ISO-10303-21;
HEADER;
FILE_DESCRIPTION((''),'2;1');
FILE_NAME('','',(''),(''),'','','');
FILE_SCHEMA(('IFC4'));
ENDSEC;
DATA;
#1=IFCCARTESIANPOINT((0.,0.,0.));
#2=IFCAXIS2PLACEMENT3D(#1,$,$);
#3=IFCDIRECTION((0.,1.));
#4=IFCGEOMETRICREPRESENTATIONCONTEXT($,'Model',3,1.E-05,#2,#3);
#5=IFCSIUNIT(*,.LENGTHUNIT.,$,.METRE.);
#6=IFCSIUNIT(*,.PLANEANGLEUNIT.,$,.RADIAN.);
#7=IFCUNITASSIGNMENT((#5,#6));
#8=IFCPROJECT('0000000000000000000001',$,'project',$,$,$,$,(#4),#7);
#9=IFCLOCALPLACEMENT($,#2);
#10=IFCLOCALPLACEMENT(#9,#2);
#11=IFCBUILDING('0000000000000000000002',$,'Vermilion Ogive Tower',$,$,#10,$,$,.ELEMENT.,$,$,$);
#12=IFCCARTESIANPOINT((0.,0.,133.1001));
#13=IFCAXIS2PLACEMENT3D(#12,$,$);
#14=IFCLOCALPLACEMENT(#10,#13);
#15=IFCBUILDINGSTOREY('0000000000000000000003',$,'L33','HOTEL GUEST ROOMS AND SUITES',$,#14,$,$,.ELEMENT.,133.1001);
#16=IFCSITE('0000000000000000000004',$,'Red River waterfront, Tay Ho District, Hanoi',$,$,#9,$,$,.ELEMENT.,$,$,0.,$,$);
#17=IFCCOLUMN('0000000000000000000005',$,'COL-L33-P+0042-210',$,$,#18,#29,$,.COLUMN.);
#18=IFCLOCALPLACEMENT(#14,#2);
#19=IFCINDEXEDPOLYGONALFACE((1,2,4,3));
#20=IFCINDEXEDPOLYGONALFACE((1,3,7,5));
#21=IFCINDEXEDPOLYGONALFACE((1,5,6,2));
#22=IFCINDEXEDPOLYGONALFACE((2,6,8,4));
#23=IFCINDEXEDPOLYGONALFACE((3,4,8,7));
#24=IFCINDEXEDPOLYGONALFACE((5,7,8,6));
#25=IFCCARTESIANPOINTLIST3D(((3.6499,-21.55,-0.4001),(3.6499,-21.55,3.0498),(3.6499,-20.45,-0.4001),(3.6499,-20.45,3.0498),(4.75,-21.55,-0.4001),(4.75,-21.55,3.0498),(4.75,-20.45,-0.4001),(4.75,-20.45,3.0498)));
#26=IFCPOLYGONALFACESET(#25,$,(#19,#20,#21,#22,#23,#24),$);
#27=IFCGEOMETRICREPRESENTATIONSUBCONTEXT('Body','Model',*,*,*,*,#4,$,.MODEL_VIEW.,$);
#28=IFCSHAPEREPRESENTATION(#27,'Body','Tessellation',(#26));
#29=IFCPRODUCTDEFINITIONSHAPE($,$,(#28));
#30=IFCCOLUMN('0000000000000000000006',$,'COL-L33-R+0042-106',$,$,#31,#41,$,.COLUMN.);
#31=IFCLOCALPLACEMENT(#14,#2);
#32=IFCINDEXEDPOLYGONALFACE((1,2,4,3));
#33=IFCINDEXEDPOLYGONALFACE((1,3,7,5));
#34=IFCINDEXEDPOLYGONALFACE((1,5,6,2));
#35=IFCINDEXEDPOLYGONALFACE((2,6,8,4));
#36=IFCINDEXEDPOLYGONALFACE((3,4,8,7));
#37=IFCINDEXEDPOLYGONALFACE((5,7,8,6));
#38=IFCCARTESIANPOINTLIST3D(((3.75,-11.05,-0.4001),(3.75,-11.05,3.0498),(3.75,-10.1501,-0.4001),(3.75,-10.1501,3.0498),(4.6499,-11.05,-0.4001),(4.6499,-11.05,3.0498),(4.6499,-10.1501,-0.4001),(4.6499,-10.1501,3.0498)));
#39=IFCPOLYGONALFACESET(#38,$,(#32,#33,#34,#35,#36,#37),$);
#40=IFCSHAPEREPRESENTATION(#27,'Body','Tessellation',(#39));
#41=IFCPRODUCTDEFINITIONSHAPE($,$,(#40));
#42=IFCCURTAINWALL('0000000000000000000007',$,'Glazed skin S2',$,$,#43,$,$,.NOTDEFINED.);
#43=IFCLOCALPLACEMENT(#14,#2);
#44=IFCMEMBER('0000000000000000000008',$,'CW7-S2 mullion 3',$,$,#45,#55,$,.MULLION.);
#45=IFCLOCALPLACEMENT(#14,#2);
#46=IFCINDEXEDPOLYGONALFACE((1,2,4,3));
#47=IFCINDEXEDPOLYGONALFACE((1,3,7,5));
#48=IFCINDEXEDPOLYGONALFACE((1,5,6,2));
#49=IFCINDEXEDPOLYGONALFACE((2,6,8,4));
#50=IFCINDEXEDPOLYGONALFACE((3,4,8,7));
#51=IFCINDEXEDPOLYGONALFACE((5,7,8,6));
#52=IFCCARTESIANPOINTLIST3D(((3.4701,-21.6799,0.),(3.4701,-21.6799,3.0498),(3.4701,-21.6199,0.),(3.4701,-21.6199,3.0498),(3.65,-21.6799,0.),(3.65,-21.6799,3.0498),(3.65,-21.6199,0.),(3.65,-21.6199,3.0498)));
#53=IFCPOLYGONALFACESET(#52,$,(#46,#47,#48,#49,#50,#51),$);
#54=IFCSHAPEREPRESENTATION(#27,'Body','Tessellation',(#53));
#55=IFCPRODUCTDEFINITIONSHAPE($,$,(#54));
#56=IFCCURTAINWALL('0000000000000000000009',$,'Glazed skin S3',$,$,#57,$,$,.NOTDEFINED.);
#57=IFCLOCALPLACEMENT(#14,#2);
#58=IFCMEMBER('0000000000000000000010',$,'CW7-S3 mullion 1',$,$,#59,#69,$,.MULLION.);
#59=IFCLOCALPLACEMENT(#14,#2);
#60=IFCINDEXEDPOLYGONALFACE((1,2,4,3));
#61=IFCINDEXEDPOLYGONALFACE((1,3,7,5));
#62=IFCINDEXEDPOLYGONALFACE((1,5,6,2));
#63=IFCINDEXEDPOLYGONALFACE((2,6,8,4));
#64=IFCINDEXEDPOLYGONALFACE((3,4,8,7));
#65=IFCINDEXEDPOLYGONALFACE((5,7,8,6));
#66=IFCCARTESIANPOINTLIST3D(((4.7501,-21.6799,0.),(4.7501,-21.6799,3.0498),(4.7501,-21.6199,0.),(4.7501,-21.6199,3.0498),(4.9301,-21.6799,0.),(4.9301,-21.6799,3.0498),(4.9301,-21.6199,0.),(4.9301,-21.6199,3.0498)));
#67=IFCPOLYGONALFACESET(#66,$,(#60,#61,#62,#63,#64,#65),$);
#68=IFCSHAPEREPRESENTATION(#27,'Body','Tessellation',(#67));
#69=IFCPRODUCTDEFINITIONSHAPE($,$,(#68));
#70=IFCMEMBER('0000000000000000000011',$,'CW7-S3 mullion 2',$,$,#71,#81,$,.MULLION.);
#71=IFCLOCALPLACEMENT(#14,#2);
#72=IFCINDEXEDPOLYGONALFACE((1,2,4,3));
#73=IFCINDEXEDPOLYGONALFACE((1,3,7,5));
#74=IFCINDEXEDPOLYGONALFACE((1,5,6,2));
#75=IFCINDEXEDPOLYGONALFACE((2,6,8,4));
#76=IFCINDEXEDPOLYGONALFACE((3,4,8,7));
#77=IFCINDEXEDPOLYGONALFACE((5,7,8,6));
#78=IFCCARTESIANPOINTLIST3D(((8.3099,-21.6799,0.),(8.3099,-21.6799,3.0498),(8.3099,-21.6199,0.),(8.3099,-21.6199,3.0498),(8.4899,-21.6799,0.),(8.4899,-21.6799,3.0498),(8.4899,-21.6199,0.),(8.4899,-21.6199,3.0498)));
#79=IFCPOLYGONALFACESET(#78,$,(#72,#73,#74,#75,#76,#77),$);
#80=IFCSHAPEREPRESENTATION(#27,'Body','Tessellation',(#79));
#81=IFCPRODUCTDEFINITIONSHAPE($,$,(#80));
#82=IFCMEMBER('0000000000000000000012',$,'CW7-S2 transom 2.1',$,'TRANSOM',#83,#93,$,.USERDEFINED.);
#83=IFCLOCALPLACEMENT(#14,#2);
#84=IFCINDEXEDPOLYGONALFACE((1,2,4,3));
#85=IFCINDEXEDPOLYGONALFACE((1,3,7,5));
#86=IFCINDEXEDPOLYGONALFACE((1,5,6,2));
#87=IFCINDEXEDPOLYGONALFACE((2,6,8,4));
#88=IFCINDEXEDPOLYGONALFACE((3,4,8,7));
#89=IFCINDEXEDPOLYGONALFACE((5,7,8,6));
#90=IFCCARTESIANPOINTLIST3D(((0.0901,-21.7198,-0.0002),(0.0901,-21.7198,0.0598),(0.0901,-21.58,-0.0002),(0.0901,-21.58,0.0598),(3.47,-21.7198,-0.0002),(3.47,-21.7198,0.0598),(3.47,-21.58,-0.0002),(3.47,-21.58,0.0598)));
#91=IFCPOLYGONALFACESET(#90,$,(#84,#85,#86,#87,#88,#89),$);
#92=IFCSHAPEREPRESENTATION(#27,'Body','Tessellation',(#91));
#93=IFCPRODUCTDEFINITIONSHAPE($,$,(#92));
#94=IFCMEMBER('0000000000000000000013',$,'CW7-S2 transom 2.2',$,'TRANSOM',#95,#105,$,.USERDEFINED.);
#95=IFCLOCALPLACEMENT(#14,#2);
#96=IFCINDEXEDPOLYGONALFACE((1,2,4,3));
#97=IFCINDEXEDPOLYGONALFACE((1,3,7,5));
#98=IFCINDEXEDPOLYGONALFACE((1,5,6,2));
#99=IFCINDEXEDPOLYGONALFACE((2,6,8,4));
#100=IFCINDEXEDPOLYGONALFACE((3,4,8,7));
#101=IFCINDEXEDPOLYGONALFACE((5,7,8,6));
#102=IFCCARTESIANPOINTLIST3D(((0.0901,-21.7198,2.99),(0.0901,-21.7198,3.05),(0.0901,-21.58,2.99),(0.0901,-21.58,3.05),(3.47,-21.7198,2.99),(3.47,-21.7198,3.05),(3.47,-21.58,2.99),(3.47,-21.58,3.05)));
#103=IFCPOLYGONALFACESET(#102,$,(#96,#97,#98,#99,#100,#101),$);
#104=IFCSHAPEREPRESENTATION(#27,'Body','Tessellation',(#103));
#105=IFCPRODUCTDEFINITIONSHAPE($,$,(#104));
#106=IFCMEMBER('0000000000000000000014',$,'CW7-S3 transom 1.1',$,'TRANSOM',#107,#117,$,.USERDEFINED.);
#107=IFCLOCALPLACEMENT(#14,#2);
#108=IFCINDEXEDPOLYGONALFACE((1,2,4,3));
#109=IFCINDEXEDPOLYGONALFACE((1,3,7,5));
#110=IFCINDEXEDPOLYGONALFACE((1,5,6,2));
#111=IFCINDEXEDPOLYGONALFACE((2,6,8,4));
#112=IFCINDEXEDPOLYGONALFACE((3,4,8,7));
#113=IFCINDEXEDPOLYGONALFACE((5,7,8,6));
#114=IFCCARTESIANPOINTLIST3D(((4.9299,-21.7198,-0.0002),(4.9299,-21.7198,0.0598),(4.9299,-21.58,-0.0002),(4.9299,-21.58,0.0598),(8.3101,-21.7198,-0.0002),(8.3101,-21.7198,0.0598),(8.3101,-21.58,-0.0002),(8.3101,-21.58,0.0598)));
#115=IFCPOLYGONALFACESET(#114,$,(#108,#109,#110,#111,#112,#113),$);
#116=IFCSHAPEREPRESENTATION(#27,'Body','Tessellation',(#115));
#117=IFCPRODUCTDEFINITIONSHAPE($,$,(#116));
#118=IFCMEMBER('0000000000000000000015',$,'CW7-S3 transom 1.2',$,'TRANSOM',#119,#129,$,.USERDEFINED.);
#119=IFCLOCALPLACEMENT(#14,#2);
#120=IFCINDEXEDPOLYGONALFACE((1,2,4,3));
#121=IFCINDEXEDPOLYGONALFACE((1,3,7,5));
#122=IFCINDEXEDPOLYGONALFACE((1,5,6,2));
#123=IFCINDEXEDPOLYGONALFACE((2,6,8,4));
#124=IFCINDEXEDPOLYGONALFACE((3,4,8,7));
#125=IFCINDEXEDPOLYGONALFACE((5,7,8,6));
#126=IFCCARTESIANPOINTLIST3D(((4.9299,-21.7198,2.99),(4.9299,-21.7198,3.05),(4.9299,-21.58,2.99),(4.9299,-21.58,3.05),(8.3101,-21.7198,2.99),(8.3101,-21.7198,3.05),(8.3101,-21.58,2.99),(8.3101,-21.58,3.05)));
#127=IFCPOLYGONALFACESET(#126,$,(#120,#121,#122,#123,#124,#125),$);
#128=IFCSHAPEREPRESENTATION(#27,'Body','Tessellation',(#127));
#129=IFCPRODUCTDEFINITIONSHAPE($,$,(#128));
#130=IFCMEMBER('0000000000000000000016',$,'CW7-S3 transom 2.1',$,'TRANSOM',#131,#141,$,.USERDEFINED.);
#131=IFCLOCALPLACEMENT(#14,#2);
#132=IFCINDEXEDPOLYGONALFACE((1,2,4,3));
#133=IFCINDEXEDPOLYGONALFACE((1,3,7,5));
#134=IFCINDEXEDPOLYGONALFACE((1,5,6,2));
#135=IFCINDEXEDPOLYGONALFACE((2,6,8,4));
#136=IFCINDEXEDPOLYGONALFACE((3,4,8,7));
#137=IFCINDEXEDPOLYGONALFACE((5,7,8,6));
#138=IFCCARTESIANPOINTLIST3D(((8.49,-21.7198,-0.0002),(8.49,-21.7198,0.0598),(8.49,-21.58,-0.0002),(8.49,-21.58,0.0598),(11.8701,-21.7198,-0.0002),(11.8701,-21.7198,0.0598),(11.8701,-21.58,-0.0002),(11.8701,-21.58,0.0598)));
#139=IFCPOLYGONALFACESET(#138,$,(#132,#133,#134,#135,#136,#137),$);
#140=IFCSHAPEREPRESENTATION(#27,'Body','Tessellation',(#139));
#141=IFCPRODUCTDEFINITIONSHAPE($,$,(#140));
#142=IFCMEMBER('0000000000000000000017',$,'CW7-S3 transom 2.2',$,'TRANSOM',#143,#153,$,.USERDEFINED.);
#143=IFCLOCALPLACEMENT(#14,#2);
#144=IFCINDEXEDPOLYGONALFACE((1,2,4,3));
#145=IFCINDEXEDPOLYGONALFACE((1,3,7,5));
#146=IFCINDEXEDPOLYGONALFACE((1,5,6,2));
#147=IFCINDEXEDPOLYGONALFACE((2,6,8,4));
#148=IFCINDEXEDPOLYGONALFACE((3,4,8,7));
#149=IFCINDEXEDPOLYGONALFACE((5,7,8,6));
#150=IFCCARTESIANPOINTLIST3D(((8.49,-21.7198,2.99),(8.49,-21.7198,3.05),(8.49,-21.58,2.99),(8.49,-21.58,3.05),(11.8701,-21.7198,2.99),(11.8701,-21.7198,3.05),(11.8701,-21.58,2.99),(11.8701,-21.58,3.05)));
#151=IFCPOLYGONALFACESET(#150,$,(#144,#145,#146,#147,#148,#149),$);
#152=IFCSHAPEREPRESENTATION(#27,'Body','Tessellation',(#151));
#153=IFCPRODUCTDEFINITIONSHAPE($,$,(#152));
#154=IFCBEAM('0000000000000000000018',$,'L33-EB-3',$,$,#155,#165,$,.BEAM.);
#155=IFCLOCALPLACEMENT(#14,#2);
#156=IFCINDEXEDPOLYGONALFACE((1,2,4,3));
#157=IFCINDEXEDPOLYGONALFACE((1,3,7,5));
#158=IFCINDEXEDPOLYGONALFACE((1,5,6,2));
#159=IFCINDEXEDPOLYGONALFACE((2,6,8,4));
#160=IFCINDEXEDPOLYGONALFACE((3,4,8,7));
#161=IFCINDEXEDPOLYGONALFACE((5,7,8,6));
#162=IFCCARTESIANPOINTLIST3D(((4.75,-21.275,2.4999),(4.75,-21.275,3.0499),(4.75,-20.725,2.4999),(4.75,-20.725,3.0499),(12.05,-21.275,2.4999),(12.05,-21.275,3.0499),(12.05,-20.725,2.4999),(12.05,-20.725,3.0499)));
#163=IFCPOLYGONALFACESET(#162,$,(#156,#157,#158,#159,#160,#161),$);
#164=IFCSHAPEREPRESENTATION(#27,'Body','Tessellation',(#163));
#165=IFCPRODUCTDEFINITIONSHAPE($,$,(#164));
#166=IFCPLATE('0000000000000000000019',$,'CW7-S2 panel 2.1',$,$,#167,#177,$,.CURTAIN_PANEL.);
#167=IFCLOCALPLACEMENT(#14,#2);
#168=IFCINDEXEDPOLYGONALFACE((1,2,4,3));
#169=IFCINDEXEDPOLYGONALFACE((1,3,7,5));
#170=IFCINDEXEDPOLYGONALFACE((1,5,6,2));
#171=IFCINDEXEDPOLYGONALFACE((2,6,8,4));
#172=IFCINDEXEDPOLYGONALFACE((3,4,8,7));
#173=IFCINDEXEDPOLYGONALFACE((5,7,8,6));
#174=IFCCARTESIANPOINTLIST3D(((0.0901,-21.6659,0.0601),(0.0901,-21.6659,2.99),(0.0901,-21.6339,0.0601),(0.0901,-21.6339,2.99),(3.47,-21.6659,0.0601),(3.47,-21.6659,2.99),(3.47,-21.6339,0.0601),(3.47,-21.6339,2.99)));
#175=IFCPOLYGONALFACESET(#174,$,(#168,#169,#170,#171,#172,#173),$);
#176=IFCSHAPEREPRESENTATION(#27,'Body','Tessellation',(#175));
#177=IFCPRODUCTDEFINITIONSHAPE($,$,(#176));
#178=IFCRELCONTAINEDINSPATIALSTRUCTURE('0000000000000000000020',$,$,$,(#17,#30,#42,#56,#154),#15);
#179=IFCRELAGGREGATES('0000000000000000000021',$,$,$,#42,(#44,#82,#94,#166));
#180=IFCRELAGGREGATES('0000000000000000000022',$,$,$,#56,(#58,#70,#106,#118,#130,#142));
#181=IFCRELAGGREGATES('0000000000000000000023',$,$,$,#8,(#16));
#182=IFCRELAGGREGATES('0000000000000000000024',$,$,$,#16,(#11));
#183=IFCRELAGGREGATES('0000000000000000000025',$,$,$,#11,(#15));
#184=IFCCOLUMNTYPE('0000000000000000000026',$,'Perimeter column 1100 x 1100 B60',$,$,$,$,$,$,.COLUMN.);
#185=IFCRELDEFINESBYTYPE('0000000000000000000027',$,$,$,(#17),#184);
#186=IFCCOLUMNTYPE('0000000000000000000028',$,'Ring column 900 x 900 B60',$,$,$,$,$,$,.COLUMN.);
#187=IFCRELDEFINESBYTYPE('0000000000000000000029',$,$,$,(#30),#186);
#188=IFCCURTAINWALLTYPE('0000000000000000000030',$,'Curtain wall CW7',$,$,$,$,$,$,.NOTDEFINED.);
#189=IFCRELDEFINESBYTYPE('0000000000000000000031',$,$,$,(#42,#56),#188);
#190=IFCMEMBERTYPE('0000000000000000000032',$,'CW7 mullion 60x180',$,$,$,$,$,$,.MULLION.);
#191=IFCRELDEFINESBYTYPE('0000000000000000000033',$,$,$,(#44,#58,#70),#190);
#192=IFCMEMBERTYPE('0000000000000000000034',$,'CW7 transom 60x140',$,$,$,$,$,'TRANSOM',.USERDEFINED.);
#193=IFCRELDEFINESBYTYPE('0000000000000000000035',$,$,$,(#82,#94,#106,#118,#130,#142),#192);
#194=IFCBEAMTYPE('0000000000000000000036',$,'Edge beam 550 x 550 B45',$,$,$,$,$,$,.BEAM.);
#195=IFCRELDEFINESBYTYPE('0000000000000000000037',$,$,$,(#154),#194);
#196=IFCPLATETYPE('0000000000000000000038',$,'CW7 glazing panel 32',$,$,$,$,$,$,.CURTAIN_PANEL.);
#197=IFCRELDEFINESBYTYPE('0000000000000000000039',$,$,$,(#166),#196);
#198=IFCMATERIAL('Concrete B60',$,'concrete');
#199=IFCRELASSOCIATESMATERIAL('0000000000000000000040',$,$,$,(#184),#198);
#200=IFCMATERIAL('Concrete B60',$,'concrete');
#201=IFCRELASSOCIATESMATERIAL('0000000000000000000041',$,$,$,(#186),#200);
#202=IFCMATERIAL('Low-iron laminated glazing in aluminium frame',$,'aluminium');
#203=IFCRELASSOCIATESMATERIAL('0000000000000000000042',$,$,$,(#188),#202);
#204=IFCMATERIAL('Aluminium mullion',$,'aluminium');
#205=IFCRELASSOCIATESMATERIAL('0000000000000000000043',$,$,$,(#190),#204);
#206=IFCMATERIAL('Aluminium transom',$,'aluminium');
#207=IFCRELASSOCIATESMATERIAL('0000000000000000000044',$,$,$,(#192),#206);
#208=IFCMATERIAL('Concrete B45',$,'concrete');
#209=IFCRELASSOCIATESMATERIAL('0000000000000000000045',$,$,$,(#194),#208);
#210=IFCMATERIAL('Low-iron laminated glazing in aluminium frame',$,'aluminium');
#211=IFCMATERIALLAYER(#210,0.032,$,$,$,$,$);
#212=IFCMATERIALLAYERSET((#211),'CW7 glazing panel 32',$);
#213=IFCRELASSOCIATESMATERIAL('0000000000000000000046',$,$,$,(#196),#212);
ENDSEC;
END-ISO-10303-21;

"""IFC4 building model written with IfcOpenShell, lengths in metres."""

from ifc_helpers import new_model, si_unit, direction, frame, origin, origin_2d, place, context, subcontext, project, spatial, rectangle, extrude, material, layer, layer_set, material_profile, profile_set, type_object, element, aggregate, save


model = new_model("IFC4")

# Units and contexts
model_context = context("Model", 3, precision=1e-05, world=origin(), true_north=direction((0.0, 1.0)))
body_context = subcontext(model_context, "Body", "Model", "MODEL_VIEW")
ifc_project = project(units=[si_unit("LENGTHUNIT", "METRE"), si_unit("PLANEANGLEUNIT", "RADIAN")], contexts=[model_context])

# Site, building, storey
site_placement = place(None, origin())
site = spatial("IfcSite", under=ifc_project, at=site_placement, Name="Red River waterfront, Tay Ho District, Hanoi", CompositionType="ELEMENT", RefElevation=0.0)
building_placement = place(site_placement, origin())
building = spatial("IfcBuilding", under=site, at=building_placement, Name="Vermilion Ogive Tower", CompositionType="ELEMENT")
storey_placement = place(building_placement, frame((0.0, 0.0, 133.1001)))
storey = spatial("IfcBuildingStorey", under=building, at=storey_placement, Name="L33", Description="HOTEL GUEST ROOMS AND SUITES", CompositionType="ELEMENT", Elevation=133.1001)

# Columns
ifc_material_1 = material(Name="Concrete B60", Category="concrete")
ifc_material_profile_1 = material_profile(ifc_material_1, rectangle(XDim=1.1001, YDim=1.1001, at=origin_2d()), Name="1100 x 1100")
ifc_profile_set_1 = profile_set([ifc_material_profile_1], Name="Concrete B60")
column_type_1 = type_object("IfcColumnType", Name="Perimeter column 1100 x 1100 B60", PredefinedType="COLUMN", material=ifc_profile_set_1)
column_1_placement = place(storey_placement, frame((4.2, -21.0, -0.4001), z_axis=(0.0, 0.0, 1.0), x_axis=(1.0, 0.0, 0.0)))
element("IfcColumn", 1, at=column_1_placement, inside=storey, type_object=column_type_1, Name="COL-L33-P+0042-210", PredefinedType="COLUMN", context=body_context, shape_type="SweptSolid", body=[
    extrude(rectangle(XDim=1.1001, YDim=1.1001, at=origin_2d()), origin(), (0.0, 0.0, 1.0), 3.45),
])
ifc_material_2 = material(Name="Concrete B60", Category="concrete")
ifc_material_profile_2 = material_profile(ifc_material_2, rectangle(XDim=0.8999, YDim=0.8999, at=origin_2d()), Name="900 x 900")
ifc_profile_set_2 = profile_set([ifc_material_profile_2], Name="Concrete B60")
column_type_2 = type_object("IfcColumnType", Name="Ring column 900 x 900 B60", PredefinedType="COLUMN", material=ifc_profile_set_2)
column_2_placement = place(storey_placement, frame((4.2, -10.6001, -0.4001), z_axis=(0.0, 0.0, 1.0), x_axis=(1.0, 0.0, 0.0)))
element("IfcColumn", 2, at=column_2_placement, inside=storey, type_object=column_type_2, Name="COL-L33-R+0042-106", PredefinedType="COLUMN", context=body_context, shape_type="SweptSolid", body=[
    extrude(rectangle(XDim=0.8999, YDim=0.8999, at=origin_2d()), origin(), (0.0, 0.0, 1.0), 3.45),
])

# Curtain wall, member
ifc_material_3 = material(Name="Low-iron laminated glazing in aluminium frame", Category="aluminium")
curtain_wall_type = type_object("IfcCurtainWallType", Name="Curtain wall CW7", PredefinedType="NOTDEFINED", material=ifc_material_3)
curtain_wall_1_placement = place(storey_placement, origin())
curtain_wall_1 = element("IfcCurtainWall", 3, at=curtain_wall_1_placement, inside=storey, type_object=curtain_wall_type, Name="Glazed skin S2", PredefinedType="NOTDEFINED")
ifc_material_4 = material(Name="Aluminium mullion", Category="aluminium")
ifc_material_profile_3 = material_profile(ifc_material_4, rectangle(XDim=0.0601, YDim=0.1799, at=origin_2d()), Name="AL 60x180")
ifc_profile_set_3 = profile_set([ifc_material_profile_3], Name="Aluminium mullion")
member_type_1 = type_object("IfcMemberType", Name="CW7 mullion 60x180", PredefinedType="MULLION", material=ifc_profile_set_3)
member_1_placement = place(storey_placement, frame((3.5601, -21.6499, 0.0), z_axis=(0.0, 0.0, 1.0), x_axis=(0.0, 1.0, 0.0)))
member_1 = element("IfcMember", 4, at=member_1_placement, type_object=member_type_1, Name="CW7-S2 mullion 3", PredefinedType="MULLION", context=body_context, shape_type="SweptSolid", body=[
    extrude(rectangle(XDim=0.0601, YDim=0.1799, at=origin_2d()), origin(), (0.0, 0.0, 1.0), 3.0498),
])

# Curtain wall, members
curtain_wall_2_placement = place(storey_placement, origin())
curtain_wall_2 = element("IfcCurtainWall", 5, at=curtain_wall_2_placement, inside=storey, type_object=curtain_wall_type, Name="Glazed skin S3", PredefinedType="NOTDEFINED")
member_2_placement = place(storey_placement, frame((4.8401, -21.6499, 0.0), z_axis=(0.0, 0.0, 1.0), x_axis=(0.0, 1.0, 0.0)))
member_2 = element("IfcMember", 6, at=member_2_placement, type_object=member_type_1, Name="CW7-S3 mullion 1", PredefinedType="MULLION", context=body_context, shape_type="SweptSolid", body=[
    extrude(rectangle(XDim=0.0601, YDim=0.1799, at=origin_2d()), origin(), (0.0, 0.0, 1.0), 3.0498),
])
member_3_placement = place(storey_placement, frame((8.3999, -21.6499, 0.0), z_axis=(0.0, 0.0, 1.0), x_axis=(0.0, 1.0, 0.0)))
member_3 = element("IfcMember", 7, at=member_3_placement, type_object=member_type_1, Name="CW7-S3 mullion 2", PredefinedType="MULLION", context=body_context, shape_type="SweptSolid", body=[
    extrude(rectangle(XDim=0.0601, YDim=0.1799, at=origin_2d()), origin(), (0.0, 0.0, 1.0), 3.0498),
])

# Members
ifc_material_5 = material(Name="Aluminium transom", Category="aluminium")
ifc_material_profile_4 = material_profile(ifc_material_5, rectangle(XDim=0.1399, YDim=0.0601, at=origin_2d()), Name="AL 60x140")
ifc_profile_set_4 = profile_set([ifc_material_profile_4], Name="Aluminium transom")
member_type_2 = type_object("IfcMemberType", Name="CW7 transom 60x140", ElementType="TRANSOM", PredefinedType="USERDEFINED", material=ifc_profile_set_4)
member_4_placement = place(storey_placement, frame((0.0901, -21.6499, 0.0298), z_axis=(1.0, 0.0, 0.0), x_axis=(0.0, 1.0, 0.0)))
member_4 = element("IfcMember", 8, at=member_4_placement, type_object=member_type_2, Name="CW7-S2 transom 2.1", ObjectType="TRANSOM", PredefinedType="USERDEFINED", context=body_context, shape_type="SweptSolid", body=[
    extrude(rectangle(XDim=0.1399, YDim=0.0601, at=origin_2d()), origin(), (0.0, 0.0, 1.0), 3.3799),
])
member_5_placement = place(storey_placement, frame((0.0901, -21.6499, 3.02), z_axis=(1.0, 0.0, 0.0), x_axis=(0.0, 1.0, 0.0)))
member_5 = element("IfcMember", 9, at=member_5_placement, type_object=member_type_2, Name="CW7-S2 transom 2.2", ObjectType="TRANSOM", PredefinedType="USERDEFINED", context=body_context, shape_type="SweptSolid", body=[
    extrude(rectangle(XDim=0.1399, YDim=0.0601, at=origin_2d()), origin(), (0.0, 0.0, 1.0), 3.3799),
])
member_6_placement = place(storey_placement, frame((4.9299, -21.6499, 0.0298), z_axis=(1.0, 0.0, 0.0), x_axis=(0.0, 1.0, 0.0)))
member_6 = element("IfcMember", 10, at=member_6_placement, type_object=member_type_2, Name="CW7-S3 transom 1.1", ObjectType="TRANSOM", PredefinedType="USERDEFINED", context=body_context, shape_type="SweptSolid", body=[
    extrude(rectangle(XDim=0.1399, YDim=0.0601, at=origin_2d()), origin(), (0.0, 0.0, 1.0), 3.3801),
])
member_7_placement = place(storey_placement, frame((4.9299, -21.6499, 3.02), z_axis=(1.0, 0.0, 0.0), x_axis=(0.0, 1.0, 0.0)))
member_7 = element("IfcMember", 11, at=member_7_placement, type_object=member_type_2, Name="CW7-S3 transom 1.2", ObjectType="TRANSOM", PredefinedType="USERDEFINED", context=body_context, shape_type="SweptSolid", body=[
    extrude(rectangle(XDim=0.1399, YDim=0.0601, at=origin_2d()), origin(), (0.0, 0.0, 1.0), 3.3801),
])
member_8_placement = place(storey_placement, frame((8.49, -21.6499, 0.0298), z_axis=(1.0, 0.0, 0.0), x_axis=(0.0, 1.0, 0.0)))
member_8 = element("IfcMember", 12, at=member_8_placement, type_object=member_type_2, Name="CW7-S3 transom 2.1", ObjectType="TRANSOM", PredefinedType="USERDEFINED", context=body_context, shape_type="SweptSolid", body=[
    extrude(rectangle(XDim=0.1399, YDim=0.0601, at=origin_2d()), origin(), (0.0, 0.0, 1.0), 3.3801),
])
member_9_placement = place(storey_placement, frame((8.49, -21.6499, 3.02), z_axis=(1.0, 0.0, 0.0), x_axis=(0.0, 1.0, 0.0)))
member_9 = element("IfcMember", 13, at=member_9_placement, type_object=member_type_2, Name="CW7-S3 transom 2.2", ObjectType="TRANSOM", PredefinedType="USERDEFINED", context=body_context, shape_type="SweptSolid", body=[
    extrude(rectangle(XDim=0.1399, YDim=0.0601, at=origin_2d()), origin(), (0.0, 0.0, 1.0), 3.3801),
])

# Beam
ifc_material_6 = material(Name="Concrete B45", Category="concrete")
ifc_material_profile_5 = material_profile(ifc_material_6, rectangle(XDim=0.55, YDim=0.55, at=origin_2d()), Name="550 x 550")
ifc_profile_set_5 = profile_set([ifc_material_profile_5], Name="Concrete B45")
beam_type = type_object("IfcBeamType", Name="Edge beam 550 x 550 B45", PredefinedType="BEAM", material=ifc_profile_set_5)
beam_placement = place(storey_placement, frame((4.75, -21.0, 2.7749), z_axis=(1.0, 0.0, 0.0), x_axis=(0.0, 1.0, 0.0)))
element("IfcBeam", 14, at=beam_placement, inside=storey, type_object=beam_type, Name="L33-EB-3", PredefinedType="BEAM", context=body_context, shape_type="SweptSolid", body=[
    extrude(rectangle(XDim=0.55, YDim=0.55, at=origin_2d()), origin(), (0.0, 0.0, 1.0), 7.3),
])

# Plate
ifc_material_7 = material(Name="Low-iron laminated glazing in aluminium frame", Category="aluminium")
ifc_layer_1 = layer(ifc_material_7, 0.032)
ifc_layer_set_1 = layer_set([ifc_layer_1], Name="CW7 glazing panel 32")
plate_type = type_object("IfcPlateType", Name="CW7 glazing panel 32", PredefinedType="CURTAIN_PANEL", material=ifc_layer_set_1)
plate_1_placement = place(storey_placement, frame((1.78, -21.6499, 0.0601), z_axis=(0.0, 0.0, 1.0), x_axis=(1.0, 0.0, 0.0)))
plate_1 = element("IfcPlate", 15, at=plate_1_placement, type_object=plate_type, Name="CW7-S2 panel 2.1", PredefinedType="CURTAIN_PANEL", context=body_context, shape_type="SweptSolid", body=[
    extrude(rectangle(XDim=3.3799, YDim=0.032, at=origin_2d()), origin(), (0.0, 0.0, 1.0), 2.9299),
])
aggregate(curtain_wall_1, [member_1, member_4, member_5, plate_1])
aggregate(curtain_wall_2, [member_2, member_3, member_6, member_7, member_8, member_9])

save(model, "model.ifc")
